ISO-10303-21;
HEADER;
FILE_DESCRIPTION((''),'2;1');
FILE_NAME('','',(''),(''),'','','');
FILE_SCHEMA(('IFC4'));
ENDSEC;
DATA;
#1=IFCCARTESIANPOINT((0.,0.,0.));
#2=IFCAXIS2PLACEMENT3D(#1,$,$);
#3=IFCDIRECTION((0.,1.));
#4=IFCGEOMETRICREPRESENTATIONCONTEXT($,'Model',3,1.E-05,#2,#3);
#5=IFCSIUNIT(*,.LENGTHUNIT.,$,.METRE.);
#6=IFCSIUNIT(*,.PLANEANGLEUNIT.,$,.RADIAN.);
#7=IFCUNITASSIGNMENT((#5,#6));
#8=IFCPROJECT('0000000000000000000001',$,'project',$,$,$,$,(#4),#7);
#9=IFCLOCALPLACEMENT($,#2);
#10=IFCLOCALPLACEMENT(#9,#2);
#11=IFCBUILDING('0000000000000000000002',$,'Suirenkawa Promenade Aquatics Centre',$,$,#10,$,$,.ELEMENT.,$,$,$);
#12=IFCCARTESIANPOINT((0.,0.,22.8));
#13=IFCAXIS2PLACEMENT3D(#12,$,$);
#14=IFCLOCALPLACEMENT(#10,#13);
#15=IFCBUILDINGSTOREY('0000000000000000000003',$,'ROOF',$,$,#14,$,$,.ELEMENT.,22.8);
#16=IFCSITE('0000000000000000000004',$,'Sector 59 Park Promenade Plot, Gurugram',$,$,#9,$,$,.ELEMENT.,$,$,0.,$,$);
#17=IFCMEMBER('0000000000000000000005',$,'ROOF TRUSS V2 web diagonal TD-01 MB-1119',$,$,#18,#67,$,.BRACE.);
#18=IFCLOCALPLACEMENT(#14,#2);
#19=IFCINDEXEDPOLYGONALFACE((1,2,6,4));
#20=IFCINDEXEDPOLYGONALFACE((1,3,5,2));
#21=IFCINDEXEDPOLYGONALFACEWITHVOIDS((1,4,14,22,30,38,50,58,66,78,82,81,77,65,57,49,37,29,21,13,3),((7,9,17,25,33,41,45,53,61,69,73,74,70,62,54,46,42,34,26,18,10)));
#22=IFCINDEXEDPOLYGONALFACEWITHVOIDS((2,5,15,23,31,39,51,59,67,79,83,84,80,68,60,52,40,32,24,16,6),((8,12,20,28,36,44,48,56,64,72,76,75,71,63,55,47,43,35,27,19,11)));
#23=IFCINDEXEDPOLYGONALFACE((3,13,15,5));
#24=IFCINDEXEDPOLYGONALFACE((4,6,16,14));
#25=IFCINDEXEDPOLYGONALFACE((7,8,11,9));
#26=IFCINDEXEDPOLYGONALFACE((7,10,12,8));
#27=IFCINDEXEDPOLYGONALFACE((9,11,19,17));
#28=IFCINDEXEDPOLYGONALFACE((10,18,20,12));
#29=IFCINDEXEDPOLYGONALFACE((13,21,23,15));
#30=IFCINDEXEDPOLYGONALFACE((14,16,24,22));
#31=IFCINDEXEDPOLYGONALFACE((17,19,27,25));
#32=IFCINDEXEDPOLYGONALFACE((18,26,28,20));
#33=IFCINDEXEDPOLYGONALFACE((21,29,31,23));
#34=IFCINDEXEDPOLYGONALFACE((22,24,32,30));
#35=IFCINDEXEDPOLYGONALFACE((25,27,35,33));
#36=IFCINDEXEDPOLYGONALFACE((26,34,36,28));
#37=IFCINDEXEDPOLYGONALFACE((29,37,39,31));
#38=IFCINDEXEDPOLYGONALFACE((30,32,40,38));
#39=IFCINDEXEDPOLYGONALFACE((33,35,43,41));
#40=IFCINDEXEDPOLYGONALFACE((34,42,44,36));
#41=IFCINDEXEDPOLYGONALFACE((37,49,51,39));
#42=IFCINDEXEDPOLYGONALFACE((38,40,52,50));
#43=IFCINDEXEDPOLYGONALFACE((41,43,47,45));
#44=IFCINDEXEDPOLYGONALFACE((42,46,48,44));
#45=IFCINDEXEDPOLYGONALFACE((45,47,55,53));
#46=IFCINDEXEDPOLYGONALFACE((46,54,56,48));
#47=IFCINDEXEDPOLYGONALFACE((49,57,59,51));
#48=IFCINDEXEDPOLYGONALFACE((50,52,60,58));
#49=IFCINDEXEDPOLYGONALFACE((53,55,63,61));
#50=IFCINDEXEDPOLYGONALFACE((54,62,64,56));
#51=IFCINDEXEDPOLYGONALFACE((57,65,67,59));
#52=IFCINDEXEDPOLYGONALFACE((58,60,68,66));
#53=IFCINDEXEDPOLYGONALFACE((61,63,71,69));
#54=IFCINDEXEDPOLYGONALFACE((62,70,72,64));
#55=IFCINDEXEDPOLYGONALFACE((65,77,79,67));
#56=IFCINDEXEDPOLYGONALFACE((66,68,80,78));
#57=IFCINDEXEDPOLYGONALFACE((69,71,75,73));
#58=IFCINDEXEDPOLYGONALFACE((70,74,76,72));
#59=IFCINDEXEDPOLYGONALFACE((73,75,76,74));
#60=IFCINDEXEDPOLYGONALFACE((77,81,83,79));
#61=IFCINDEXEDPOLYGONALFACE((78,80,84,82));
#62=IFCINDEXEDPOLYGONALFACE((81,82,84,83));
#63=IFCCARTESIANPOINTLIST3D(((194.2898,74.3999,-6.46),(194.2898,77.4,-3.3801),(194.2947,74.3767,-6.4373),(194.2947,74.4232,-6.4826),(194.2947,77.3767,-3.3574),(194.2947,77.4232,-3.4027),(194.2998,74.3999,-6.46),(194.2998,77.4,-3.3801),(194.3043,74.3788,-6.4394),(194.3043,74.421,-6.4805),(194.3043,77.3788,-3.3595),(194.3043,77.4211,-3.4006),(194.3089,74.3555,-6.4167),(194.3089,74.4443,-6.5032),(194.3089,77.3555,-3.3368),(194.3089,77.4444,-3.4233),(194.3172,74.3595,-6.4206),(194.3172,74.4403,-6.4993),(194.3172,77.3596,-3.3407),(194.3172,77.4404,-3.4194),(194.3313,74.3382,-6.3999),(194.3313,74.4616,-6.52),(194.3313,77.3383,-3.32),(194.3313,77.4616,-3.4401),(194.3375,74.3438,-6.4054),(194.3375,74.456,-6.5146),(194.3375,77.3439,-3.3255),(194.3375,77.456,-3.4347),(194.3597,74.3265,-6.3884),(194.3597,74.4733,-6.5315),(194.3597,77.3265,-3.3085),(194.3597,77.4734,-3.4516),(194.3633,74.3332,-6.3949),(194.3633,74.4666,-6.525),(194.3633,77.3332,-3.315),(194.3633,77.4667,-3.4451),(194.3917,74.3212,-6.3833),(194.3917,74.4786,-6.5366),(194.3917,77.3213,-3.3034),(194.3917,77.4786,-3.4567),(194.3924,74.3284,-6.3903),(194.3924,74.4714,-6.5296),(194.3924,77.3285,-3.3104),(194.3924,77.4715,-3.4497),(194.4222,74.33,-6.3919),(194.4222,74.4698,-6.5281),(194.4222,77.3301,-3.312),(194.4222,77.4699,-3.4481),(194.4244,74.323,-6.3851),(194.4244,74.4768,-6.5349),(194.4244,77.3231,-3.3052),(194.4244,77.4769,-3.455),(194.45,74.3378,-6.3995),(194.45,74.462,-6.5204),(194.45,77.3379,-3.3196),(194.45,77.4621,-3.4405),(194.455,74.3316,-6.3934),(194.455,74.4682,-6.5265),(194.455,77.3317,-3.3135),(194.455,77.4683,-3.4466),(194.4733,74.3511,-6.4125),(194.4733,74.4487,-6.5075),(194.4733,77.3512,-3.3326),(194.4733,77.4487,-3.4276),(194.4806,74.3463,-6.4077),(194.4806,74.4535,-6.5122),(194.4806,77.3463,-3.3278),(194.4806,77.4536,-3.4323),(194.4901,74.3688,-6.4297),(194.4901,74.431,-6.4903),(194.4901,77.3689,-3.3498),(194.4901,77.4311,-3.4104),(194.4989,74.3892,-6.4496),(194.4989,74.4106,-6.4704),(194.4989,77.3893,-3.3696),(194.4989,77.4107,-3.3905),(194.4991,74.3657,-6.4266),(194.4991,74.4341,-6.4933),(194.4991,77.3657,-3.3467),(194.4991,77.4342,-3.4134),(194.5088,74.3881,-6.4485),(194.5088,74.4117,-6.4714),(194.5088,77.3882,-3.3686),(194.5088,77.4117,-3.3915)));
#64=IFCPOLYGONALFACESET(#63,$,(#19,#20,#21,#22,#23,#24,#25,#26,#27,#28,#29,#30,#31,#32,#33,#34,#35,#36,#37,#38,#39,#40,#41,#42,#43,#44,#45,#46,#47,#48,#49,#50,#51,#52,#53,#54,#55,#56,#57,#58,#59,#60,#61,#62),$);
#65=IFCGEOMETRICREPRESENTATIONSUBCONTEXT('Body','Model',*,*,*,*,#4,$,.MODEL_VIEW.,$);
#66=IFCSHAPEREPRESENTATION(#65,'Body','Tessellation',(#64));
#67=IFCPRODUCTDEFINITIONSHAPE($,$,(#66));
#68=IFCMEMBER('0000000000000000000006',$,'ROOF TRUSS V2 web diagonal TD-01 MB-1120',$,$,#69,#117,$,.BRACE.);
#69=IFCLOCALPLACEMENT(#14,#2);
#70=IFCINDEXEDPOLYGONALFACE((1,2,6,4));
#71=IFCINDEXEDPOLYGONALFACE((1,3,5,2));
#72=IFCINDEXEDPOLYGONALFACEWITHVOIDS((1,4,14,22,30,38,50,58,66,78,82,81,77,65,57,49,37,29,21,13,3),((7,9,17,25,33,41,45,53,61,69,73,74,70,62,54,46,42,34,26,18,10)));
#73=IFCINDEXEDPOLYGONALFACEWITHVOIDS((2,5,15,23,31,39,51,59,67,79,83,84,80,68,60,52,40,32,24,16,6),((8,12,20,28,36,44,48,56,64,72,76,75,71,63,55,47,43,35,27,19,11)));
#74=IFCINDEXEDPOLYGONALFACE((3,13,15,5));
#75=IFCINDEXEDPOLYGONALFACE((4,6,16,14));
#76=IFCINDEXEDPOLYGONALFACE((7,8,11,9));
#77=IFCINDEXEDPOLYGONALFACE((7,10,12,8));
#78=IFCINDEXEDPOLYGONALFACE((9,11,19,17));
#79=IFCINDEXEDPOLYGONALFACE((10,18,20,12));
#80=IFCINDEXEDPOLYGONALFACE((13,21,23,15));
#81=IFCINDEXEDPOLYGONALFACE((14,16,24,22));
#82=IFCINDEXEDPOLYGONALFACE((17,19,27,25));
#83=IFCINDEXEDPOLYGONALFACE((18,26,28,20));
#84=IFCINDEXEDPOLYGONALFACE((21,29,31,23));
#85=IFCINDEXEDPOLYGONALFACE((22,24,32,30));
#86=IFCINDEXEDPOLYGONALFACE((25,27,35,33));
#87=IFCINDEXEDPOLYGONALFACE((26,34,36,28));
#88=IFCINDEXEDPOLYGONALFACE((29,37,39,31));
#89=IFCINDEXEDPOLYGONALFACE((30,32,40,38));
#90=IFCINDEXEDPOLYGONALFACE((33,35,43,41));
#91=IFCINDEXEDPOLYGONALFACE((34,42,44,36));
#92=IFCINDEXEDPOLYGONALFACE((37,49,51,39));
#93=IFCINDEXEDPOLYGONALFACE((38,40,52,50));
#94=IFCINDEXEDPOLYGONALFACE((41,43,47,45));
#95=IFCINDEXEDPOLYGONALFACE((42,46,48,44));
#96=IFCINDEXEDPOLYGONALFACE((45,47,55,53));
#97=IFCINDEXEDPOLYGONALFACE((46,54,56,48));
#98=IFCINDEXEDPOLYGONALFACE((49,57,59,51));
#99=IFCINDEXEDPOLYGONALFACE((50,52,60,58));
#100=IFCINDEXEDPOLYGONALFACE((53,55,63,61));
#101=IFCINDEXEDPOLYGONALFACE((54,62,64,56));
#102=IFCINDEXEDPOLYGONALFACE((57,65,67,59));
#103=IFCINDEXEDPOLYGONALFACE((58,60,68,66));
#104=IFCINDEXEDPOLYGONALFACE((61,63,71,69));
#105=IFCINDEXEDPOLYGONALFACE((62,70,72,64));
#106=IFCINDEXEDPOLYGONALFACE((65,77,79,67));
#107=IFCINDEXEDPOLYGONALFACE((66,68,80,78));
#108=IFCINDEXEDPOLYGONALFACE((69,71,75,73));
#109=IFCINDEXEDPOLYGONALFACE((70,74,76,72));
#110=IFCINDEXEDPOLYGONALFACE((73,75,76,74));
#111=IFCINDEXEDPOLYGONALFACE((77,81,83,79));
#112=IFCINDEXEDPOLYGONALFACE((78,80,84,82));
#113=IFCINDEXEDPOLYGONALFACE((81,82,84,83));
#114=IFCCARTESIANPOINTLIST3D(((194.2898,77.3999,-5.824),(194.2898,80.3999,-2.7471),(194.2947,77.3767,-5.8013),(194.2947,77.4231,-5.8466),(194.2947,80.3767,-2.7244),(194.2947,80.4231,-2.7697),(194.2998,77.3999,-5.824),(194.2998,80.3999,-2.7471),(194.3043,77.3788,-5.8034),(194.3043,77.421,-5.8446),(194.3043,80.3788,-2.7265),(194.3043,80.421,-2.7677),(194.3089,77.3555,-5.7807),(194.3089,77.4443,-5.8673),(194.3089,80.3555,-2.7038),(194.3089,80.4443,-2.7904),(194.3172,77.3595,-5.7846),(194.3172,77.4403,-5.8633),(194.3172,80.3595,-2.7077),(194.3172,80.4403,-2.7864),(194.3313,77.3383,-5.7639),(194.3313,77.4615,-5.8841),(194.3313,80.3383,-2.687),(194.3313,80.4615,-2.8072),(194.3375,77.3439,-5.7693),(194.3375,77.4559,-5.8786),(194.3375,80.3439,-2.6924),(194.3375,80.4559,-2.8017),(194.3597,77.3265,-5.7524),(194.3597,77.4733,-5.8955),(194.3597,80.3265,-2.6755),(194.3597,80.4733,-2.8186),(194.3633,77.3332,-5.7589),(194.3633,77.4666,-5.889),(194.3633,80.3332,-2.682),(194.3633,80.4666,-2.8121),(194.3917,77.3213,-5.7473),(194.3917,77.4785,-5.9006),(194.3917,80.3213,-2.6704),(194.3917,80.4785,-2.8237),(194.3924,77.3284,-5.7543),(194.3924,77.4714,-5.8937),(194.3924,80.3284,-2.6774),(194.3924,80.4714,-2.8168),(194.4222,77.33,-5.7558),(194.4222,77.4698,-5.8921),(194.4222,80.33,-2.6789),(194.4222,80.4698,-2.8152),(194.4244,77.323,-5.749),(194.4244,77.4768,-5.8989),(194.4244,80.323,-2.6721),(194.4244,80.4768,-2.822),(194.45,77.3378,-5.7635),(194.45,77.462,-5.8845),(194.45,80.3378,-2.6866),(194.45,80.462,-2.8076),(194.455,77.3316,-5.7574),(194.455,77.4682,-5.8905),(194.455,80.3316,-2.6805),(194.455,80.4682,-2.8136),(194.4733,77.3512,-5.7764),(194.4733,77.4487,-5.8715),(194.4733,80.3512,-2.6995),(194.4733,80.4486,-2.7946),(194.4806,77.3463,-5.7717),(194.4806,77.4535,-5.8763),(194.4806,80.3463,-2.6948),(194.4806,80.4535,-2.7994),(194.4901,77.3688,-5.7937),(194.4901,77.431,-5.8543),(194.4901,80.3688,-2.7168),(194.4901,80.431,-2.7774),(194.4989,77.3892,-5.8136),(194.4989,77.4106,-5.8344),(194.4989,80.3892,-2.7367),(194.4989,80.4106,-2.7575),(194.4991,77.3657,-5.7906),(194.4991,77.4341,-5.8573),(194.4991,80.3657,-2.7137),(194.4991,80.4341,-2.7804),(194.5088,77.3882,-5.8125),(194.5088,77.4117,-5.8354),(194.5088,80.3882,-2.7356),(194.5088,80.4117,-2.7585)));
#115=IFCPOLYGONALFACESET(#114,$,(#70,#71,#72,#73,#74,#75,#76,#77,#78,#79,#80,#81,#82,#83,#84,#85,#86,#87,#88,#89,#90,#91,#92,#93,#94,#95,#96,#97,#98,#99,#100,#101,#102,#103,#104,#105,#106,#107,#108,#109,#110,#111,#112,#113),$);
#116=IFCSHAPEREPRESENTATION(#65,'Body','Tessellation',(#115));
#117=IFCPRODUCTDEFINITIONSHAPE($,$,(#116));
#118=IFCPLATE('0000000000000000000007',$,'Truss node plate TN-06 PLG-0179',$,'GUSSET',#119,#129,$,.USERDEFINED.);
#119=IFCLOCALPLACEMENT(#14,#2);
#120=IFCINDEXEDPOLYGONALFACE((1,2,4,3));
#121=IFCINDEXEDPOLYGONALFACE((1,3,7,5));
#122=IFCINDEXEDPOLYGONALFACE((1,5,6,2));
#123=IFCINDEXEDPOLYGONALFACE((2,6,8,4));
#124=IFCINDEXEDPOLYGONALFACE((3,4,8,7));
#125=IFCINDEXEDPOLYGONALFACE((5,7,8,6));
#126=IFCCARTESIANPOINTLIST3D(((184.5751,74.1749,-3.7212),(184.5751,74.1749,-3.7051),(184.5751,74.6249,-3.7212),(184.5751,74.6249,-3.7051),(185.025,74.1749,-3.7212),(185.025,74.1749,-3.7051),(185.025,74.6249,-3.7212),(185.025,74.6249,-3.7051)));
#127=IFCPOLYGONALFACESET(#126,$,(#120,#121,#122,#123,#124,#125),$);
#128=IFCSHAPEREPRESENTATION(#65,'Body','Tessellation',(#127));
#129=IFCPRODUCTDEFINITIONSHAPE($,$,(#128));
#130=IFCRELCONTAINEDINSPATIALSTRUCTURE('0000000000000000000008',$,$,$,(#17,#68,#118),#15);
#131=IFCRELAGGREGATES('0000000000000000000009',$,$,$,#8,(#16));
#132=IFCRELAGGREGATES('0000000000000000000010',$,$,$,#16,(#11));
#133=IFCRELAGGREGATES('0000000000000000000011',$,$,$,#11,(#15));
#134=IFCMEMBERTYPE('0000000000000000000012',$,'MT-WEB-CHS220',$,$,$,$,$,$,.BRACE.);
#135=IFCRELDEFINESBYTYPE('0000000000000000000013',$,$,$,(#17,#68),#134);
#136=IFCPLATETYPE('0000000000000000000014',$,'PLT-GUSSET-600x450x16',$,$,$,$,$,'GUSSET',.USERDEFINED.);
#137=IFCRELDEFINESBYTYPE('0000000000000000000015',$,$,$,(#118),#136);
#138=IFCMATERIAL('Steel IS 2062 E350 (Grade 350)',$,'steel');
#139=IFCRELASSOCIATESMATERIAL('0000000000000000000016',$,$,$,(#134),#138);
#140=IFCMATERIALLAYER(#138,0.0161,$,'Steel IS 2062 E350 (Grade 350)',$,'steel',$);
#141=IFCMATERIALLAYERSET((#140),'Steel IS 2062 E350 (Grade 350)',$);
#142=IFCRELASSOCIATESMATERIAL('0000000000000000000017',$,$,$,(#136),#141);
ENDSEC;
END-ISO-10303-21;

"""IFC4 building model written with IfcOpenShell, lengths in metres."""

from ifc_helpers import new_model, si_unit, direction, frame, origin, origin_2d, place, context, subcontext, project, spatial, rectangle, hollow_circle, extrude, material, layer, layer_set, material_profile, profile_set, type_object, element, save


model = new_model("IFC4")

# Units and contexts
model_context = context("Model", 3, precision=1e-05, world=origin(), true_north=direction((0.0, 1.0)))
body_context = subcontext(model_context, "Body", "Model", "MODEL_VIEW")
ifc_project = project(units=[si_unit("LENGTHUNIT", "METRE"), si_unit("PLANEANGLEUNIT", "RADIAN")], contexts=[model_context])

# Site, building, storey
site_placement = place(None, origin())
site = spatial("IfcSite", under=ifc_project, at=site_placement, Name="Sector 59 Park Promenade Plot, Gurugram", CompositionType="ELEMENT", RefElevation=0.0)
building_placement = place(site_placement, origin())
building = spatial("IfcBuilding", under=site, at=building_placement, Name="Suirenkawa Promenade Aquatics Centre", CompositionType="ELEMENT")
storey_placement = place(building_placement, frame((0.0, 0.0, 22.8)))
storey = spatial("IfcBuildingStorey", under=building, at=storey_placement, Name="ROOF", CompositionType="ELEMENT", Elevation=22.8)

# Shared definitions
ifc_material = material(Name="Steel IS 2062 E350 (Grade 350)", Category="steel")

# Members
ifc_material_profile_1 = material_profile(ifc_material, hollow_circle(Radius=0.1101, WallThickness=0.01, at=origin_2d()), Name="CHS 220x10", Category="steel")
ifc_profile_set_1 = profile_set([ifc_material_profile_1], Name="Steel IS 2062 E350 (Grade 350)")
member_type_1 = type_object("IfcMemberType", Name="MT-WEB-CHS220", PredefinedType="BRACE", material=ifc_profile_set_1)
member_1_placement = place(storey_placement, frame((194.3999, 74.3999, -6.46), z_axis=(0.0, 0.697762, 0.71633), x_axis=(-1.0, 0.0, 0.0)))
element("IfcMember", 1, at=member_1_placement, inside=storey, type_object=member_type_1, Name="ROOF TRUSS V2 web diagonal TD-01 MB-1119", PredefinedType="BRACE", context=body_context, shape_type="SweptSolid", body=[
    extrude(hollow_circle(Radius=0.1101, WallThickness=0.01, at=origin_2d()), origin(), (0.0, 0.0, 1.0), 4.2996),
])
member_2_placement = place(storey_placement, frame((194.3999, 77.3999, -5.824), z_axis=(0.0, 0.698102, 0.715998), x_axis=(-1.0, 0.0, 0.0)))
element("IfcMember", 2, at=member_2_placement, inside=storey, type_object=member_type_1, Name="ROOF TRUSS V2 web diagonal TD-01 MB-1120", PredefinedType="BRACE", context=body_context, shape_type="SweptSolid", body=[
    extrude(hollow_circle(Radius=0.1101, WallThickness=0.01, at=origin_2d()), origin(), (0.0, 0.0, 1.0), 4.2974),
])

# Plate
ifc_layer = layer(ifc_material, 0.0161, Name="Steel IS 2062 E350 (Grade 350)", Category="steel")
ifc_layer_set = layer_set([ifc_layer], Name="Steel IS 2062 E350 (Grade 350)")
plate_type = type_object("IfcPlateType", Name="PLT-GUSSET-600x450x16", ElementType="GUSSET", PredefinedType="USERDEFINED", material=ifc_layer_set)
plate_placement = place(storey_placement, frame((184.8, 74.3999, -3.7212), z_axis=(0.0, 0.0, 1.0), x_axis=(1.0, 0.0, 0.0)))
element("IfcPlate", 3, at=plate_placement, inside=storey, type_object=plate_type, Name="Truss node plate TN-06 PLG-0179", ObjectType="GUSSET", PredefinedType="USERDEFINED", context=body_context, shape_type="SweptSolid", body=[
    extrude(rectangle(XDim=0.45, YDim=0.45, at=origin_2d()), origin(), (0.0, 0.0, 1.0), 0.0161),
])

save(model, "model.ifc")
